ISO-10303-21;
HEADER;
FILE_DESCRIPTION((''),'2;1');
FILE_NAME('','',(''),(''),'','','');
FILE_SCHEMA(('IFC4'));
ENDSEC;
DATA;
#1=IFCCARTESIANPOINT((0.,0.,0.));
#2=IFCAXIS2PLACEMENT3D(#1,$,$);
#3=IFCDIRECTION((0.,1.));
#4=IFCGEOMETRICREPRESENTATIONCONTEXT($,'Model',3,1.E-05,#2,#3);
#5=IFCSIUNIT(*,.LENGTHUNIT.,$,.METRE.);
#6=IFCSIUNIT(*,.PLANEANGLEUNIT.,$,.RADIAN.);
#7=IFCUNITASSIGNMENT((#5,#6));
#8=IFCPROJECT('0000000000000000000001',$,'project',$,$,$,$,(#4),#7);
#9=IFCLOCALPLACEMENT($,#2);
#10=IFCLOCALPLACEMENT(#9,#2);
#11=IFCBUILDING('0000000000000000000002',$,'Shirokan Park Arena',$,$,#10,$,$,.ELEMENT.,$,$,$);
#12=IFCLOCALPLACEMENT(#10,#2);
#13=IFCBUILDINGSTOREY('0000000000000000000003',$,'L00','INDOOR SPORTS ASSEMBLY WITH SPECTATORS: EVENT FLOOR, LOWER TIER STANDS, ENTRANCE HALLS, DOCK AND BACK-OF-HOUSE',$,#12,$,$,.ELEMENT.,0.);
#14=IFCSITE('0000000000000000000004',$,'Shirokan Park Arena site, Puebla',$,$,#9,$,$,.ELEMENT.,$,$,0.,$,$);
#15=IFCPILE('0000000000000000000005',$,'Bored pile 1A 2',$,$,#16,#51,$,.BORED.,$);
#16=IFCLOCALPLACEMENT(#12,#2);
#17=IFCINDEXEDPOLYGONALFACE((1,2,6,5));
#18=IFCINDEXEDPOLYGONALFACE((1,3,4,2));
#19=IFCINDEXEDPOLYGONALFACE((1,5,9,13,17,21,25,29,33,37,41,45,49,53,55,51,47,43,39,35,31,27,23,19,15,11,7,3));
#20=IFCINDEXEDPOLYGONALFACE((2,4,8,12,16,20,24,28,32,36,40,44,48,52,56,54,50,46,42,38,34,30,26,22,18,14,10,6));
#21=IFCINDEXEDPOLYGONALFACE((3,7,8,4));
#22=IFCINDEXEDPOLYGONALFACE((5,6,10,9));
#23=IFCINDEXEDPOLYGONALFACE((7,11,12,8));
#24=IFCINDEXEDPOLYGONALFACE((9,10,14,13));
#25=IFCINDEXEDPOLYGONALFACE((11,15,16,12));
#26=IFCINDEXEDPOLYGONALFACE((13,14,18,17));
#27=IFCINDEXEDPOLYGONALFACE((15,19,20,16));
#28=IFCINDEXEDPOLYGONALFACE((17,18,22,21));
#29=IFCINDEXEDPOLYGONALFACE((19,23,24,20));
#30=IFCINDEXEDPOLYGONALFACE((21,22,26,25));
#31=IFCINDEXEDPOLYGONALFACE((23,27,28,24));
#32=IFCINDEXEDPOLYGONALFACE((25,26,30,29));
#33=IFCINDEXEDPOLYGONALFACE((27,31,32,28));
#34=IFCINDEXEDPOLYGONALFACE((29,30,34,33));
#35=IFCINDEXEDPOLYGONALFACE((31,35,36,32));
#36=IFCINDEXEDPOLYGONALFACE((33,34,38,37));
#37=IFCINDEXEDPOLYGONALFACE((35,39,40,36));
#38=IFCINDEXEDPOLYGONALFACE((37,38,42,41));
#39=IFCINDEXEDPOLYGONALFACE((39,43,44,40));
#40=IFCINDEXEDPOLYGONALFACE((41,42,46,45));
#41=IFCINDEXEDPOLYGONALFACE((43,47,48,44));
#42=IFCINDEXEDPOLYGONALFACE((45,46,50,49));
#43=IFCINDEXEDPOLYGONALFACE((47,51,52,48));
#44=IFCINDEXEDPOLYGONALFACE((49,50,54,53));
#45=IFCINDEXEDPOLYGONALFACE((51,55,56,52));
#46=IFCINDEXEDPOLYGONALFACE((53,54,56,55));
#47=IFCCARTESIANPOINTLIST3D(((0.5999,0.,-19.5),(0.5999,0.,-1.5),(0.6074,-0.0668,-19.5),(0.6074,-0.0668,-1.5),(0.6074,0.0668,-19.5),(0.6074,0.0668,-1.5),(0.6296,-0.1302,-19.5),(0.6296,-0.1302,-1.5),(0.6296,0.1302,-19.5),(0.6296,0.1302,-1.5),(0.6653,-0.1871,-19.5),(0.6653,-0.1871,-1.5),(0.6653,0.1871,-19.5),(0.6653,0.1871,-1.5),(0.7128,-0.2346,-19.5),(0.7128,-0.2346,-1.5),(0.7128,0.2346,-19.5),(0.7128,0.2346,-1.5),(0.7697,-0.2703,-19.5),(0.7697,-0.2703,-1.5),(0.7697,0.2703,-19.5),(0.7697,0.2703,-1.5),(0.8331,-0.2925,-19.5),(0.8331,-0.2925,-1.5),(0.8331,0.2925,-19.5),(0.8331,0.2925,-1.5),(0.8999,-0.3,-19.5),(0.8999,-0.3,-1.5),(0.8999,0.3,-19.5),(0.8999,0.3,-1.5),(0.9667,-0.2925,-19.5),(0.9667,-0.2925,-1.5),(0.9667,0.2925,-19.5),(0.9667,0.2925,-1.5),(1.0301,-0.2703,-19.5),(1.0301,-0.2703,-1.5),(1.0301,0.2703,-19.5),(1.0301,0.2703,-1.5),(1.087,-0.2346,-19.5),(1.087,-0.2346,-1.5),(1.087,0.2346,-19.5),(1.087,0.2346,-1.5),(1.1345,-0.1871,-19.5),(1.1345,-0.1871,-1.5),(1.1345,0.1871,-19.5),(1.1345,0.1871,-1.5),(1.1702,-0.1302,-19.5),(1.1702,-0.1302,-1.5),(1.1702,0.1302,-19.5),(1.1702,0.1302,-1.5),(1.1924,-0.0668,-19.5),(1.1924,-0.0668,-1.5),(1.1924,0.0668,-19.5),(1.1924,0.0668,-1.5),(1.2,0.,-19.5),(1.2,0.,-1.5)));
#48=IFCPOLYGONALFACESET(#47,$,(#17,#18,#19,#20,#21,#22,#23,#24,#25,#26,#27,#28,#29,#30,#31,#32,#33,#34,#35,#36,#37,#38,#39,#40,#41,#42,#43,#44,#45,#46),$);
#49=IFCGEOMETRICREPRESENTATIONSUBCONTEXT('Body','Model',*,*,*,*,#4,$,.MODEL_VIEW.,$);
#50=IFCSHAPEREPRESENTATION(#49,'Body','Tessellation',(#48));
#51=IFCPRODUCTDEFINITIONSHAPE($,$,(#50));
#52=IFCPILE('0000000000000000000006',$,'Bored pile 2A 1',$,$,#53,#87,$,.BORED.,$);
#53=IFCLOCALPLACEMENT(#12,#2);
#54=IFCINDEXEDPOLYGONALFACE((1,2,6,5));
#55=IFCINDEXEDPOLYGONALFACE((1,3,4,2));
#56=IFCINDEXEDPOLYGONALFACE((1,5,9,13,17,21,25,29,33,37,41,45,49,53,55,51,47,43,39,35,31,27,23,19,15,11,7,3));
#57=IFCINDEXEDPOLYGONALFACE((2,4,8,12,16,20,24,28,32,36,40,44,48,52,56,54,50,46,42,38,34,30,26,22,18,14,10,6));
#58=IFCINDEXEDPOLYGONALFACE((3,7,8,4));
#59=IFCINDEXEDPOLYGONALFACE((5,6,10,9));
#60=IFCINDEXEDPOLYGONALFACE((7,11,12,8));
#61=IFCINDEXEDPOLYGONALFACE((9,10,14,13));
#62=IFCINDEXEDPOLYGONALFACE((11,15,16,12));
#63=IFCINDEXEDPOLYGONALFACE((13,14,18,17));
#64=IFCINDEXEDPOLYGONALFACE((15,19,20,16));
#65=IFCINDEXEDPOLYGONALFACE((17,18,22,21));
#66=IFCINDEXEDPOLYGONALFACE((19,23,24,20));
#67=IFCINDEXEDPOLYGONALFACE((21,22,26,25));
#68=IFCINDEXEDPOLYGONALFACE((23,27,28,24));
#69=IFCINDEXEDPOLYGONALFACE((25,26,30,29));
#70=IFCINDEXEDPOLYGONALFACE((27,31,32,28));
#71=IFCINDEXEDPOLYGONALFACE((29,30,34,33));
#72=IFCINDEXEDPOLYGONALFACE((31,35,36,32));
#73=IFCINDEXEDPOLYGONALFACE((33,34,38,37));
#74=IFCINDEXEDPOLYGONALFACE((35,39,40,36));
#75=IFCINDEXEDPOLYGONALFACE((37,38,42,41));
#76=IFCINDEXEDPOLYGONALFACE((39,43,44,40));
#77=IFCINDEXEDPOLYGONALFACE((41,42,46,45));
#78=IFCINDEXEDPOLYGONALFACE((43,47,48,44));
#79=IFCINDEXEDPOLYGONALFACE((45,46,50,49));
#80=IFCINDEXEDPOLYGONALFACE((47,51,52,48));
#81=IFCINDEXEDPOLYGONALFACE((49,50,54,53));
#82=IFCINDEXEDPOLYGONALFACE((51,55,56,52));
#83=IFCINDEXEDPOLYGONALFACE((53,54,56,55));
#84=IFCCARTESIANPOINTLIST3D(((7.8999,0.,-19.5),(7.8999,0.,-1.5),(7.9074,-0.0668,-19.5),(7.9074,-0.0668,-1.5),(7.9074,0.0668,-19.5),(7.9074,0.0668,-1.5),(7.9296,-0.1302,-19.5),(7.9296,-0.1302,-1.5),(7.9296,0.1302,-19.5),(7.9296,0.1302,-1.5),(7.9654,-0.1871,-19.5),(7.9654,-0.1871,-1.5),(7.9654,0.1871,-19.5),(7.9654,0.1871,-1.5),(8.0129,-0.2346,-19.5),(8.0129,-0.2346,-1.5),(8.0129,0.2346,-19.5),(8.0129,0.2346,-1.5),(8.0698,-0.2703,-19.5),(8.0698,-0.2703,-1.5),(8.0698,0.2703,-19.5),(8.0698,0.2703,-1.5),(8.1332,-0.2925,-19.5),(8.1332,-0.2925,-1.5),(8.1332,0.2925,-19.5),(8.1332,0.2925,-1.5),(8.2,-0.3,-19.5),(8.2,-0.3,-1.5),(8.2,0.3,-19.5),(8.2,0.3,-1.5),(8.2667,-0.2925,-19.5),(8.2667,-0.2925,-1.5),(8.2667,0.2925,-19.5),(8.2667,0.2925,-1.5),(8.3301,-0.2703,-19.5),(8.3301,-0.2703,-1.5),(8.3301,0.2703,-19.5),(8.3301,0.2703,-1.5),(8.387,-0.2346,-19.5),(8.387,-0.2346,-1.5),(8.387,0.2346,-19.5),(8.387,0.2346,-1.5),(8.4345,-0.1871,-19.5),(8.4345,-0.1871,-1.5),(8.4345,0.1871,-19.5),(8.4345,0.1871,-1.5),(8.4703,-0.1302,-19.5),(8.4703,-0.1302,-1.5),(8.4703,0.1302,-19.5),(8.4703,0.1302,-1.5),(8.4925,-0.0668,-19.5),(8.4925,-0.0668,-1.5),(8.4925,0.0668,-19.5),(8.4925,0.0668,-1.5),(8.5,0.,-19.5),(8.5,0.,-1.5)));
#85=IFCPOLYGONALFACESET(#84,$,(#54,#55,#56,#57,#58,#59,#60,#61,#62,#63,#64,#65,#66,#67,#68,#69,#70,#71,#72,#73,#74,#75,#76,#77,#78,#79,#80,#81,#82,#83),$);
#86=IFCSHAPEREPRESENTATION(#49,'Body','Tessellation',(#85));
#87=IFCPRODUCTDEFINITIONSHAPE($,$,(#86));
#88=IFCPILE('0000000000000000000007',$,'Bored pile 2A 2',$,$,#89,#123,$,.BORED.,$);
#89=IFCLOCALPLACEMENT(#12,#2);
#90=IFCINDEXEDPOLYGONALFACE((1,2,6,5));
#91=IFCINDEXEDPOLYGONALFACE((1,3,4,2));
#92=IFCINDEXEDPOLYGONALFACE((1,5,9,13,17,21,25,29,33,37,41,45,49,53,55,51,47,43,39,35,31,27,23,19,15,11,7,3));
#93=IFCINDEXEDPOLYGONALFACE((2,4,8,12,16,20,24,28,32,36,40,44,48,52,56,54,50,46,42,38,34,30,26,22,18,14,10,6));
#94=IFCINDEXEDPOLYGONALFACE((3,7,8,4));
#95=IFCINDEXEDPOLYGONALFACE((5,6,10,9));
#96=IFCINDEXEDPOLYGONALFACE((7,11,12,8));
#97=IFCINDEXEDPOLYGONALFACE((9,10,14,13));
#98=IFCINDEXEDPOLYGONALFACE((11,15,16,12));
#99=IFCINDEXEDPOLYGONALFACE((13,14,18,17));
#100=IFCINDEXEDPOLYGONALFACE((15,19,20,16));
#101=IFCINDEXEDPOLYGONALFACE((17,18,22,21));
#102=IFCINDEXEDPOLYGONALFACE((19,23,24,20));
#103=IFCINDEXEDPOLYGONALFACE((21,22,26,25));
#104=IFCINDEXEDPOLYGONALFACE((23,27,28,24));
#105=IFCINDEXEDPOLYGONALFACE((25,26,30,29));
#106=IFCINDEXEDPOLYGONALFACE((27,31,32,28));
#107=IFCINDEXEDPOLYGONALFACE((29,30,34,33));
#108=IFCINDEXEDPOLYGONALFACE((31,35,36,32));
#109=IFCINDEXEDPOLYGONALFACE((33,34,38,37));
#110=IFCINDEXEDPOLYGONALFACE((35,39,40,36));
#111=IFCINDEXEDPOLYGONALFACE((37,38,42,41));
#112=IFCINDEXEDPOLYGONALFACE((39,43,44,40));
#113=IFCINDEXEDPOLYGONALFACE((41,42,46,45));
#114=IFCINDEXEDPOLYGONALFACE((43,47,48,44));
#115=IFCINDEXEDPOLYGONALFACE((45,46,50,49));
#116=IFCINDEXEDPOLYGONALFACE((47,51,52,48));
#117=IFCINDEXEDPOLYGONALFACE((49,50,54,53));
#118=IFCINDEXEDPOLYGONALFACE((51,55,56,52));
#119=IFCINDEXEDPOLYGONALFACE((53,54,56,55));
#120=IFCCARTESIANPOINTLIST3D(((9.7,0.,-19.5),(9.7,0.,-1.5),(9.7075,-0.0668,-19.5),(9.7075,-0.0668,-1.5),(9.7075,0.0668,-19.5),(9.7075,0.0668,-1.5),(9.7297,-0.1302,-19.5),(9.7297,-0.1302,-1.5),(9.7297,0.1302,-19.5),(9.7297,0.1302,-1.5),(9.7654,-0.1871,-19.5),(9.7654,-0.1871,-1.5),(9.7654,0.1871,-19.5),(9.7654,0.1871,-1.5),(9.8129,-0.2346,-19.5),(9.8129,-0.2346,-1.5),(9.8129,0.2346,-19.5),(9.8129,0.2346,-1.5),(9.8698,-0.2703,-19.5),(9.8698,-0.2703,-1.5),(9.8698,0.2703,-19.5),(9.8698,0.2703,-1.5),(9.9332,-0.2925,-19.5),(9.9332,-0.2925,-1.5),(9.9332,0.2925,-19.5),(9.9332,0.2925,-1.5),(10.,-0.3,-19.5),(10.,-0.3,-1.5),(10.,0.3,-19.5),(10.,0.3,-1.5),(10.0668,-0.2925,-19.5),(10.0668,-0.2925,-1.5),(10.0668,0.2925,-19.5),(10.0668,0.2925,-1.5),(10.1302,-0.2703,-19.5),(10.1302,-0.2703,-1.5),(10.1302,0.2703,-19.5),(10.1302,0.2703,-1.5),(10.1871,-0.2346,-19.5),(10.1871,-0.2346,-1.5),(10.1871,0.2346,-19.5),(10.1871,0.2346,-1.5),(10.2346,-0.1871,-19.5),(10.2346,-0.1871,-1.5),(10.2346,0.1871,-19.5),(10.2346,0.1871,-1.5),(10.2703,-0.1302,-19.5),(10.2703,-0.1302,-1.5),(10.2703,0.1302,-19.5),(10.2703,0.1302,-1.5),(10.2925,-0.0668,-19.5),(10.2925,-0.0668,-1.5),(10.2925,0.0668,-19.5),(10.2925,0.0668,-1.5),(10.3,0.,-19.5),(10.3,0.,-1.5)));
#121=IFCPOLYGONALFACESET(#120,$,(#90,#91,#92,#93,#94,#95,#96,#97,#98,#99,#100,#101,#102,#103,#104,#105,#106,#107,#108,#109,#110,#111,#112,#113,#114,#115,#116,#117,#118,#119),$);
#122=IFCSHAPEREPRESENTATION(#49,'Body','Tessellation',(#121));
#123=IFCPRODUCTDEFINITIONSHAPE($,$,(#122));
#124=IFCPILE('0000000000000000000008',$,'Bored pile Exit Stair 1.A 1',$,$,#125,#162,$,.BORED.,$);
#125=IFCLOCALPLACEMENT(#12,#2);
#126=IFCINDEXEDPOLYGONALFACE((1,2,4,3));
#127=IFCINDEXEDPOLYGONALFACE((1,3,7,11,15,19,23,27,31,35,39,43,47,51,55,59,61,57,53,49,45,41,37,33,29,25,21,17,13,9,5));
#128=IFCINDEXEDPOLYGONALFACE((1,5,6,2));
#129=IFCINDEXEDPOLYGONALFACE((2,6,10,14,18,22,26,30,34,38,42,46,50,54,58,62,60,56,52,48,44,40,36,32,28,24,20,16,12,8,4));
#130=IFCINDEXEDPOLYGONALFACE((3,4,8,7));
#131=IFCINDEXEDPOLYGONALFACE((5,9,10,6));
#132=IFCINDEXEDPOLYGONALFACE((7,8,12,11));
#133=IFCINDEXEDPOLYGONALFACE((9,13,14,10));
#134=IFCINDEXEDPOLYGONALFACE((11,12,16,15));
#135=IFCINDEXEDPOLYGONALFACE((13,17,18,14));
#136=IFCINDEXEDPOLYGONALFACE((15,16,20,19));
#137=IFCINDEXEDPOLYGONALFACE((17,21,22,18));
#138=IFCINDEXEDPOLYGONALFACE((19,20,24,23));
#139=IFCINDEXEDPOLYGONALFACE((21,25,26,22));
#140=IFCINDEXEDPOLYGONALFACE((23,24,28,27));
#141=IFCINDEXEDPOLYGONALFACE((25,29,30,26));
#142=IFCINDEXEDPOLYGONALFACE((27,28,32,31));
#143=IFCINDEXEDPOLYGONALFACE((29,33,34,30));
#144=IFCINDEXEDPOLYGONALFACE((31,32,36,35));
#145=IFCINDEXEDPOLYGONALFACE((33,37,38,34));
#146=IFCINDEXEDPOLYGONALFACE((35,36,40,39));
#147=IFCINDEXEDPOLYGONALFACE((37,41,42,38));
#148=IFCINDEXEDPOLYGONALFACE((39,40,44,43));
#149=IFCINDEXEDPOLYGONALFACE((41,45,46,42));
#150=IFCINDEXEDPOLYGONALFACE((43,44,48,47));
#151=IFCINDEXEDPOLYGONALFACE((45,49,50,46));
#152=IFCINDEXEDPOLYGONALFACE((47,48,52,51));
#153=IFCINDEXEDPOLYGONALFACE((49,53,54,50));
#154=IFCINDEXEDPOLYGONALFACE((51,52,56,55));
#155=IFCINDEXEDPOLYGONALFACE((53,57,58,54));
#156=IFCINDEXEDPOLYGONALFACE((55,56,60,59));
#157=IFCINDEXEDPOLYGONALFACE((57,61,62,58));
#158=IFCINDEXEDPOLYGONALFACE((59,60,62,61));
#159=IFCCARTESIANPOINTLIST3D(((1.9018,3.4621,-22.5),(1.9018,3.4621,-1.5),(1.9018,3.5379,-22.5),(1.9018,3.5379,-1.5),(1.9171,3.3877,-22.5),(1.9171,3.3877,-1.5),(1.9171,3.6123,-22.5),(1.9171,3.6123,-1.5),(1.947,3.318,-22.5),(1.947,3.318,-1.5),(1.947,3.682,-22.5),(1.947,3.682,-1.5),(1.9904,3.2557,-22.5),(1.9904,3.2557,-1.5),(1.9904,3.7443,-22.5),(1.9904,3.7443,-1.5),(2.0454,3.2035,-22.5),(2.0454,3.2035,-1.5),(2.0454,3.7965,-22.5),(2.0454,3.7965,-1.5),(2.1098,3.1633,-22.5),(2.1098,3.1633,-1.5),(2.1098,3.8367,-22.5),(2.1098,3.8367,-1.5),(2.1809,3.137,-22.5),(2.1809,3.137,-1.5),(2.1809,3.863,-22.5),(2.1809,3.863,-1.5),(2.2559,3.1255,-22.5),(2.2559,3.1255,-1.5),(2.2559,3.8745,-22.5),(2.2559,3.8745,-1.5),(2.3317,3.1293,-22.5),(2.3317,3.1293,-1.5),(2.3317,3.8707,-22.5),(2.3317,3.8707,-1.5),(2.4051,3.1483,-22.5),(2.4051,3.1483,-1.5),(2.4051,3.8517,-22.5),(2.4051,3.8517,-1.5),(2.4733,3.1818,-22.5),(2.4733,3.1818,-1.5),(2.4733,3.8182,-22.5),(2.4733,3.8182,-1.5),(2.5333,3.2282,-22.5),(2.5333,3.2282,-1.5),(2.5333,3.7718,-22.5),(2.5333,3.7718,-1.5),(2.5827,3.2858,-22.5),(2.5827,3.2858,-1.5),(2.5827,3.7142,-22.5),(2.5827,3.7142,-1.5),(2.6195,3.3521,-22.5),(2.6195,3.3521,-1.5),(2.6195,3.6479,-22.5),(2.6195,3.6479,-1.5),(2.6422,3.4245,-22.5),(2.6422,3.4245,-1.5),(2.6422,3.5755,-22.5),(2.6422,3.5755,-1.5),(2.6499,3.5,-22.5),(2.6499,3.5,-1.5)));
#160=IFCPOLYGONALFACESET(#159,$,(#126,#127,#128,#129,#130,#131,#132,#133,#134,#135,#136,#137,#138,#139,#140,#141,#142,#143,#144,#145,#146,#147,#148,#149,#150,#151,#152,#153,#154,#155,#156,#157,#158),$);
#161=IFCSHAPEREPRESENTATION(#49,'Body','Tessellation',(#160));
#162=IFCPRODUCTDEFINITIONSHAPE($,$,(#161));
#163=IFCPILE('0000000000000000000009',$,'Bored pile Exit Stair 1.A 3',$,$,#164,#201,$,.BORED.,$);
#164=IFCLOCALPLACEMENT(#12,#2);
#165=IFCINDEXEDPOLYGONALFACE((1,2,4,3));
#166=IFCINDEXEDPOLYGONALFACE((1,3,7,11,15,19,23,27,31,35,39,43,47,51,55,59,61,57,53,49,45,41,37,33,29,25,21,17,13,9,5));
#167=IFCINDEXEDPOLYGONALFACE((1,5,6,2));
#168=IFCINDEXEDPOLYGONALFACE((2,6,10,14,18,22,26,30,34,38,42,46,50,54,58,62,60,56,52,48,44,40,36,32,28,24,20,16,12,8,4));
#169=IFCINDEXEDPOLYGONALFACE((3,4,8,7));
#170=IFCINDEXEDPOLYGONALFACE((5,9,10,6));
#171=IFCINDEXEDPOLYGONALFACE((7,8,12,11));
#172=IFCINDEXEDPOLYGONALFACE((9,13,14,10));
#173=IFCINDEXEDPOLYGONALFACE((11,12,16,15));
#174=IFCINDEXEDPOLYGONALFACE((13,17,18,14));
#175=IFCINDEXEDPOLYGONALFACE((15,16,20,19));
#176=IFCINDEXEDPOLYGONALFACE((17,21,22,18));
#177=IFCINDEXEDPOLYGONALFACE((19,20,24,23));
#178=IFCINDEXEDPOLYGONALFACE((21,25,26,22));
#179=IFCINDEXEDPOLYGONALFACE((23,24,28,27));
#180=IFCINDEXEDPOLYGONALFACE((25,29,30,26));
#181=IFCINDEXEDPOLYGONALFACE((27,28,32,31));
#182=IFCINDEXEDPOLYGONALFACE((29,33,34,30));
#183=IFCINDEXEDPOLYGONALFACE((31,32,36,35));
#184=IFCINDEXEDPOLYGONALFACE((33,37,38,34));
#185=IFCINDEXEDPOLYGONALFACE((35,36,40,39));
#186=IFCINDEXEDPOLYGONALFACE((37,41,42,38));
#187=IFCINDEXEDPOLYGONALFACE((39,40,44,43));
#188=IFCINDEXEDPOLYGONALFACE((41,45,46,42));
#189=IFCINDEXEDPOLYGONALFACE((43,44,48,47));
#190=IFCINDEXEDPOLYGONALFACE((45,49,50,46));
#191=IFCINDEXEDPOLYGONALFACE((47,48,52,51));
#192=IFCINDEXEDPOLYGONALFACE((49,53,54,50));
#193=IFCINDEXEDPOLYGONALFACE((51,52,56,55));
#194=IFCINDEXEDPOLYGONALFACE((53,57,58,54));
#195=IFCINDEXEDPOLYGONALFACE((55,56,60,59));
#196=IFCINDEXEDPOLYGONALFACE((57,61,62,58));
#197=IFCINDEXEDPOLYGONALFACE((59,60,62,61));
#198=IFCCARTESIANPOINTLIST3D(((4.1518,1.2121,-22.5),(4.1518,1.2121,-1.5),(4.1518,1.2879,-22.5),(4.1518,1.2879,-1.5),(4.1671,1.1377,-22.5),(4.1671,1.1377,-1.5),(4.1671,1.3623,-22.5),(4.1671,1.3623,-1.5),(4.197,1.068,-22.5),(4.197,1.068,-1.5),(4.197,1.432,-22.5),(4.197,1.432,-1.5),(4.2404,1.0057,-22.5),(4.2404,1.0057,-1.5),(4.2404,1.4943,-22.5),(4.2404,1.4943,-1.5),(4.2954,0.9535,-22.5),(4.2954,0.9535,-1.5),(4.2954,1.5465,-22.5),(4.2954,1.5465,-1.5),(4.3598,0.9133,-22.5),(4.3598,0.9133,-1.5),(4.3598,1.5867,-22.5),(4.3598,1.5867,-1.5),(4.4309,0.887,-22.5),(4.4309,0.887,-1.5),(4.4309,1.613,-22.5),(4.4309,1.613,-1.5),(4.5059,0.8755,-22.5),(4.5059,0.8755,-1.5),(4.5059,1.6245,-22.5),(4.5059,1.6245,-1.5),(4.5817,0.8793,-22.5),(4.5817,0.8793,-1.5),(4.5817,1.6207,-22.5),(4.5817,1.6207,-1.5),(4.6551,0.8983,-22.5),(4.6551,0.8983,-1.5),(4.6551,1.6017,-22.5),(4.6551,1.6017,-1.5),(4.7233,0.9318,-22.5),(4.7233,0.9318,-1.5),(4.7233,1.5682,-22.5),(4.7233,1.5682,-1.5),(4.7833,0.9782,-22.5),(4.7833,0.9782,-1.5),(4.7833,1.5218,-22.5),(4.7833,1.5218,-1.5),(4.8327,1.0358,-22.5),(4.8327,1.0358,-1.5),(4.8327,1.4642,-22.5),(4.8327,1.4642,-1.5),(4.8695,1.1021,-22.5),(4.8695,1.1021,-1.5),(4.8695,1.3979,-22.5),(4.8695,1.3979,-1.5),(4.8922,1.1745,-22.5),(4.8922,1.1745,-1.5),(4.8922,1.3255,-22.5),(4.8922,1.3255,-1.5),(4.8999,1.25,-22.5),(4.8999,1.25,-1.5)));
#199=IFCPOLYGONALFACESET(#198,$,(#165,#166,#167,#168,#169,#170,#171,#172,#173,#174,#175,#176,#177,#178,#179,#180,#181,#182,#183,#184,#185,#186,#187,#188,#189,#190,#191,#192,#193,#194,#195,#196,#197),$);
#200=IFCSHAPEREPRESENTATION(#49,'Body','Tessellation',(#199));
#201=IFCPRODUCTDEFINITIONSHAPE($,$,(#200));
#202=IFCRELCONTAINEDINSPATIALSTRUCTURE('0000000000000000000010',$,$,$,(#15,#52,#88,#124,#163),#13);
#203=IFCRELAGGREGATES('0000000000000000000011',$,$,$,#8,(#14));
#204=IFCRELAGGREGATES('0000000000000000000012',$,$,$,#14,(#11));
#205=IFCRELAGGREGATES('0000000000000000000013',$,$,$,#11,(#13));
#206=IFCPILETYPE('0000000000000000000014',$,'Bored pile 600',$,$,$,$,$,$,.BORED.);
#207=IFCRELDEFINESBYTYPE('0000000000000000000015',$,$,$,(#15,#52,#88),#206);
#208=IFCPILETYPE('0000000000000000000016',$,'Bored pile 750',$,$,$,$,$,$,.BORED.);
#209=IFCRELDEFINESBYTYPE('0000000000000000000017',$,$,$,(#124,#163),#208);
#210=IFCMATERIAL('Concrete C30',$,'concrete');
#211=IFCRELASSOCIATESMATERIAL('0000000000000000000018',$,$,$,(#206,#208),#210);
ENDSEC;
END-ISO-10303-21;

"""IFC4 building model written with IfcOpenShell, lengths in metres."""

from ifc_helpers import new_model, si_unit, direction, frame, origin, origin_2d, place, context, subcontext, project, spatial, circle, extrude, material, material_profile, profile_set, type_object, element, save


model = new_model("IFC4")

# Units and contexts
model_context = context("Model", 3, precision=1e-05, world=origin(), true_north=direction((0.0, 1.0)))
body_context = subcontext(model_context, "Body", "Model", "MODEL_VIEW")
ifc_project = project(units=[si_unit("LENGTHUNIT", "METRE"), si_unit("PLANEANGLEUNIT", "RADIAN")], contexts=[model_context])

# Site, building, storey
site_placement = place(None, origin())
site = spatial("IfcSite", under=ifc_project, at=site_placement, Name="Shirokan Park Arena site, Puebla", CompositionType="ELEMENT", RefElevation=0.0)
building_placement = place(site_placement, origin())
building = spatial("IfcBuilding", under=site, at=building_placement, Name="Shirokan Park Arena", CompositionType="ELEMENT")
storey_placement = place(building_placement, origin())
storey = spatial("IfcBuildingStorey", under=building, at=storey_placement, Name="L00", Description="INDOOR SPORTS ASSEMBLY WITH SPECTATORS: EVENT FLOOR, LOWER TIER STANDS, ENTRANCE HALLS, DOCK AND BACK-OF-HOUSE", CompositionType="ELEMENT", Elevation=0.0)

# Piles
ifc_material_1 = material(Name="Concrete C30", Category="concrete")
ifc_material_profile_1 = material_profile(ifc_material_1, circle(Radius=0.3, at=origin_2d()), Name="D600")
ifc_profile_set_1 = profile_set([ifc_material_profile_1], Name="Concrete C30")
pile_type_1 = type_object("IfcPileType", Name="Bored pile 600", PredefinedType="BORED", material=ifc_profile_set_1)
for number, where, z_axis, x_axis, name in (
    (1, (0.8999, 0.0, -1.5), (0.0, 0.0, -1.0), (1.0, 0.0, 0.0), "Bored pile 1A 2"),
    (2, (8.2, 0.0, -1.5), (0.0, 0.0, -1.0), (1.0, 0.0, 0.0), "Bored pile 2A 1"),
    (3, (10.0, 0.0, -1.5), (0.0, 0.0, -1.0), (1.0, 0.0, 0.0), "Bored pile 2A 2"),
):
    element("IfcPile", number, at=place(storey_placement, frame(where, z_axis=z_axis, x_axis=x_axis)), inside=storey, type_object=pile_type_1, Name=name, PredefinedType="BORED", context=body_context, shape_type="SweptSolid", body=[
        extrude(circle(Radius=0.3, at=origin_2d()), origin(), (0.0, 0.0, 1.0), 18.0),
    ])
ifc_material_profile_2 = material_profile(ifc_material_1, circle(Radius=0.375, at=origin_2d()), Name="D750")
ifc_profile_set_2 = profile_set([ifc_material_profile_2], Name="Concrete C30")
pile_type_2 = type_object("IfcPileType", Name="Bored pile 750", PredefinedType="BORED", material=ifc_profile_set_2)
for number, where, z_axis, x_axis, name in (
    (4, (2.2749, 3.5, -1.5), (0.0, 0.0, -1.0), (1.0, 0.0, 0.0), "Bored pile Exit Stair 1.A 1"),
    (5, (4.5249, 1.25, -1.5), (0.0, 0.0, -1.0), (1.0, 0.0, 0.0), "Bored pile Exit Stair 1.A 3"),
):
    element("IfcPile", number, at=place(storey_placement, frame(where, z_axis=z_axis, x_axis=x_axis)), inside=storey, type_object=pile_type_2, Name=name, PredefinedType="BORED", context=body_context, shape_type="SweptSolid", body=[
        extrude(circle(Radius=0.375, at=origin_2d()), origin(), (0.0, 0.0, 1.0), 21.0),
    ])

save(model, "model.ifc")
